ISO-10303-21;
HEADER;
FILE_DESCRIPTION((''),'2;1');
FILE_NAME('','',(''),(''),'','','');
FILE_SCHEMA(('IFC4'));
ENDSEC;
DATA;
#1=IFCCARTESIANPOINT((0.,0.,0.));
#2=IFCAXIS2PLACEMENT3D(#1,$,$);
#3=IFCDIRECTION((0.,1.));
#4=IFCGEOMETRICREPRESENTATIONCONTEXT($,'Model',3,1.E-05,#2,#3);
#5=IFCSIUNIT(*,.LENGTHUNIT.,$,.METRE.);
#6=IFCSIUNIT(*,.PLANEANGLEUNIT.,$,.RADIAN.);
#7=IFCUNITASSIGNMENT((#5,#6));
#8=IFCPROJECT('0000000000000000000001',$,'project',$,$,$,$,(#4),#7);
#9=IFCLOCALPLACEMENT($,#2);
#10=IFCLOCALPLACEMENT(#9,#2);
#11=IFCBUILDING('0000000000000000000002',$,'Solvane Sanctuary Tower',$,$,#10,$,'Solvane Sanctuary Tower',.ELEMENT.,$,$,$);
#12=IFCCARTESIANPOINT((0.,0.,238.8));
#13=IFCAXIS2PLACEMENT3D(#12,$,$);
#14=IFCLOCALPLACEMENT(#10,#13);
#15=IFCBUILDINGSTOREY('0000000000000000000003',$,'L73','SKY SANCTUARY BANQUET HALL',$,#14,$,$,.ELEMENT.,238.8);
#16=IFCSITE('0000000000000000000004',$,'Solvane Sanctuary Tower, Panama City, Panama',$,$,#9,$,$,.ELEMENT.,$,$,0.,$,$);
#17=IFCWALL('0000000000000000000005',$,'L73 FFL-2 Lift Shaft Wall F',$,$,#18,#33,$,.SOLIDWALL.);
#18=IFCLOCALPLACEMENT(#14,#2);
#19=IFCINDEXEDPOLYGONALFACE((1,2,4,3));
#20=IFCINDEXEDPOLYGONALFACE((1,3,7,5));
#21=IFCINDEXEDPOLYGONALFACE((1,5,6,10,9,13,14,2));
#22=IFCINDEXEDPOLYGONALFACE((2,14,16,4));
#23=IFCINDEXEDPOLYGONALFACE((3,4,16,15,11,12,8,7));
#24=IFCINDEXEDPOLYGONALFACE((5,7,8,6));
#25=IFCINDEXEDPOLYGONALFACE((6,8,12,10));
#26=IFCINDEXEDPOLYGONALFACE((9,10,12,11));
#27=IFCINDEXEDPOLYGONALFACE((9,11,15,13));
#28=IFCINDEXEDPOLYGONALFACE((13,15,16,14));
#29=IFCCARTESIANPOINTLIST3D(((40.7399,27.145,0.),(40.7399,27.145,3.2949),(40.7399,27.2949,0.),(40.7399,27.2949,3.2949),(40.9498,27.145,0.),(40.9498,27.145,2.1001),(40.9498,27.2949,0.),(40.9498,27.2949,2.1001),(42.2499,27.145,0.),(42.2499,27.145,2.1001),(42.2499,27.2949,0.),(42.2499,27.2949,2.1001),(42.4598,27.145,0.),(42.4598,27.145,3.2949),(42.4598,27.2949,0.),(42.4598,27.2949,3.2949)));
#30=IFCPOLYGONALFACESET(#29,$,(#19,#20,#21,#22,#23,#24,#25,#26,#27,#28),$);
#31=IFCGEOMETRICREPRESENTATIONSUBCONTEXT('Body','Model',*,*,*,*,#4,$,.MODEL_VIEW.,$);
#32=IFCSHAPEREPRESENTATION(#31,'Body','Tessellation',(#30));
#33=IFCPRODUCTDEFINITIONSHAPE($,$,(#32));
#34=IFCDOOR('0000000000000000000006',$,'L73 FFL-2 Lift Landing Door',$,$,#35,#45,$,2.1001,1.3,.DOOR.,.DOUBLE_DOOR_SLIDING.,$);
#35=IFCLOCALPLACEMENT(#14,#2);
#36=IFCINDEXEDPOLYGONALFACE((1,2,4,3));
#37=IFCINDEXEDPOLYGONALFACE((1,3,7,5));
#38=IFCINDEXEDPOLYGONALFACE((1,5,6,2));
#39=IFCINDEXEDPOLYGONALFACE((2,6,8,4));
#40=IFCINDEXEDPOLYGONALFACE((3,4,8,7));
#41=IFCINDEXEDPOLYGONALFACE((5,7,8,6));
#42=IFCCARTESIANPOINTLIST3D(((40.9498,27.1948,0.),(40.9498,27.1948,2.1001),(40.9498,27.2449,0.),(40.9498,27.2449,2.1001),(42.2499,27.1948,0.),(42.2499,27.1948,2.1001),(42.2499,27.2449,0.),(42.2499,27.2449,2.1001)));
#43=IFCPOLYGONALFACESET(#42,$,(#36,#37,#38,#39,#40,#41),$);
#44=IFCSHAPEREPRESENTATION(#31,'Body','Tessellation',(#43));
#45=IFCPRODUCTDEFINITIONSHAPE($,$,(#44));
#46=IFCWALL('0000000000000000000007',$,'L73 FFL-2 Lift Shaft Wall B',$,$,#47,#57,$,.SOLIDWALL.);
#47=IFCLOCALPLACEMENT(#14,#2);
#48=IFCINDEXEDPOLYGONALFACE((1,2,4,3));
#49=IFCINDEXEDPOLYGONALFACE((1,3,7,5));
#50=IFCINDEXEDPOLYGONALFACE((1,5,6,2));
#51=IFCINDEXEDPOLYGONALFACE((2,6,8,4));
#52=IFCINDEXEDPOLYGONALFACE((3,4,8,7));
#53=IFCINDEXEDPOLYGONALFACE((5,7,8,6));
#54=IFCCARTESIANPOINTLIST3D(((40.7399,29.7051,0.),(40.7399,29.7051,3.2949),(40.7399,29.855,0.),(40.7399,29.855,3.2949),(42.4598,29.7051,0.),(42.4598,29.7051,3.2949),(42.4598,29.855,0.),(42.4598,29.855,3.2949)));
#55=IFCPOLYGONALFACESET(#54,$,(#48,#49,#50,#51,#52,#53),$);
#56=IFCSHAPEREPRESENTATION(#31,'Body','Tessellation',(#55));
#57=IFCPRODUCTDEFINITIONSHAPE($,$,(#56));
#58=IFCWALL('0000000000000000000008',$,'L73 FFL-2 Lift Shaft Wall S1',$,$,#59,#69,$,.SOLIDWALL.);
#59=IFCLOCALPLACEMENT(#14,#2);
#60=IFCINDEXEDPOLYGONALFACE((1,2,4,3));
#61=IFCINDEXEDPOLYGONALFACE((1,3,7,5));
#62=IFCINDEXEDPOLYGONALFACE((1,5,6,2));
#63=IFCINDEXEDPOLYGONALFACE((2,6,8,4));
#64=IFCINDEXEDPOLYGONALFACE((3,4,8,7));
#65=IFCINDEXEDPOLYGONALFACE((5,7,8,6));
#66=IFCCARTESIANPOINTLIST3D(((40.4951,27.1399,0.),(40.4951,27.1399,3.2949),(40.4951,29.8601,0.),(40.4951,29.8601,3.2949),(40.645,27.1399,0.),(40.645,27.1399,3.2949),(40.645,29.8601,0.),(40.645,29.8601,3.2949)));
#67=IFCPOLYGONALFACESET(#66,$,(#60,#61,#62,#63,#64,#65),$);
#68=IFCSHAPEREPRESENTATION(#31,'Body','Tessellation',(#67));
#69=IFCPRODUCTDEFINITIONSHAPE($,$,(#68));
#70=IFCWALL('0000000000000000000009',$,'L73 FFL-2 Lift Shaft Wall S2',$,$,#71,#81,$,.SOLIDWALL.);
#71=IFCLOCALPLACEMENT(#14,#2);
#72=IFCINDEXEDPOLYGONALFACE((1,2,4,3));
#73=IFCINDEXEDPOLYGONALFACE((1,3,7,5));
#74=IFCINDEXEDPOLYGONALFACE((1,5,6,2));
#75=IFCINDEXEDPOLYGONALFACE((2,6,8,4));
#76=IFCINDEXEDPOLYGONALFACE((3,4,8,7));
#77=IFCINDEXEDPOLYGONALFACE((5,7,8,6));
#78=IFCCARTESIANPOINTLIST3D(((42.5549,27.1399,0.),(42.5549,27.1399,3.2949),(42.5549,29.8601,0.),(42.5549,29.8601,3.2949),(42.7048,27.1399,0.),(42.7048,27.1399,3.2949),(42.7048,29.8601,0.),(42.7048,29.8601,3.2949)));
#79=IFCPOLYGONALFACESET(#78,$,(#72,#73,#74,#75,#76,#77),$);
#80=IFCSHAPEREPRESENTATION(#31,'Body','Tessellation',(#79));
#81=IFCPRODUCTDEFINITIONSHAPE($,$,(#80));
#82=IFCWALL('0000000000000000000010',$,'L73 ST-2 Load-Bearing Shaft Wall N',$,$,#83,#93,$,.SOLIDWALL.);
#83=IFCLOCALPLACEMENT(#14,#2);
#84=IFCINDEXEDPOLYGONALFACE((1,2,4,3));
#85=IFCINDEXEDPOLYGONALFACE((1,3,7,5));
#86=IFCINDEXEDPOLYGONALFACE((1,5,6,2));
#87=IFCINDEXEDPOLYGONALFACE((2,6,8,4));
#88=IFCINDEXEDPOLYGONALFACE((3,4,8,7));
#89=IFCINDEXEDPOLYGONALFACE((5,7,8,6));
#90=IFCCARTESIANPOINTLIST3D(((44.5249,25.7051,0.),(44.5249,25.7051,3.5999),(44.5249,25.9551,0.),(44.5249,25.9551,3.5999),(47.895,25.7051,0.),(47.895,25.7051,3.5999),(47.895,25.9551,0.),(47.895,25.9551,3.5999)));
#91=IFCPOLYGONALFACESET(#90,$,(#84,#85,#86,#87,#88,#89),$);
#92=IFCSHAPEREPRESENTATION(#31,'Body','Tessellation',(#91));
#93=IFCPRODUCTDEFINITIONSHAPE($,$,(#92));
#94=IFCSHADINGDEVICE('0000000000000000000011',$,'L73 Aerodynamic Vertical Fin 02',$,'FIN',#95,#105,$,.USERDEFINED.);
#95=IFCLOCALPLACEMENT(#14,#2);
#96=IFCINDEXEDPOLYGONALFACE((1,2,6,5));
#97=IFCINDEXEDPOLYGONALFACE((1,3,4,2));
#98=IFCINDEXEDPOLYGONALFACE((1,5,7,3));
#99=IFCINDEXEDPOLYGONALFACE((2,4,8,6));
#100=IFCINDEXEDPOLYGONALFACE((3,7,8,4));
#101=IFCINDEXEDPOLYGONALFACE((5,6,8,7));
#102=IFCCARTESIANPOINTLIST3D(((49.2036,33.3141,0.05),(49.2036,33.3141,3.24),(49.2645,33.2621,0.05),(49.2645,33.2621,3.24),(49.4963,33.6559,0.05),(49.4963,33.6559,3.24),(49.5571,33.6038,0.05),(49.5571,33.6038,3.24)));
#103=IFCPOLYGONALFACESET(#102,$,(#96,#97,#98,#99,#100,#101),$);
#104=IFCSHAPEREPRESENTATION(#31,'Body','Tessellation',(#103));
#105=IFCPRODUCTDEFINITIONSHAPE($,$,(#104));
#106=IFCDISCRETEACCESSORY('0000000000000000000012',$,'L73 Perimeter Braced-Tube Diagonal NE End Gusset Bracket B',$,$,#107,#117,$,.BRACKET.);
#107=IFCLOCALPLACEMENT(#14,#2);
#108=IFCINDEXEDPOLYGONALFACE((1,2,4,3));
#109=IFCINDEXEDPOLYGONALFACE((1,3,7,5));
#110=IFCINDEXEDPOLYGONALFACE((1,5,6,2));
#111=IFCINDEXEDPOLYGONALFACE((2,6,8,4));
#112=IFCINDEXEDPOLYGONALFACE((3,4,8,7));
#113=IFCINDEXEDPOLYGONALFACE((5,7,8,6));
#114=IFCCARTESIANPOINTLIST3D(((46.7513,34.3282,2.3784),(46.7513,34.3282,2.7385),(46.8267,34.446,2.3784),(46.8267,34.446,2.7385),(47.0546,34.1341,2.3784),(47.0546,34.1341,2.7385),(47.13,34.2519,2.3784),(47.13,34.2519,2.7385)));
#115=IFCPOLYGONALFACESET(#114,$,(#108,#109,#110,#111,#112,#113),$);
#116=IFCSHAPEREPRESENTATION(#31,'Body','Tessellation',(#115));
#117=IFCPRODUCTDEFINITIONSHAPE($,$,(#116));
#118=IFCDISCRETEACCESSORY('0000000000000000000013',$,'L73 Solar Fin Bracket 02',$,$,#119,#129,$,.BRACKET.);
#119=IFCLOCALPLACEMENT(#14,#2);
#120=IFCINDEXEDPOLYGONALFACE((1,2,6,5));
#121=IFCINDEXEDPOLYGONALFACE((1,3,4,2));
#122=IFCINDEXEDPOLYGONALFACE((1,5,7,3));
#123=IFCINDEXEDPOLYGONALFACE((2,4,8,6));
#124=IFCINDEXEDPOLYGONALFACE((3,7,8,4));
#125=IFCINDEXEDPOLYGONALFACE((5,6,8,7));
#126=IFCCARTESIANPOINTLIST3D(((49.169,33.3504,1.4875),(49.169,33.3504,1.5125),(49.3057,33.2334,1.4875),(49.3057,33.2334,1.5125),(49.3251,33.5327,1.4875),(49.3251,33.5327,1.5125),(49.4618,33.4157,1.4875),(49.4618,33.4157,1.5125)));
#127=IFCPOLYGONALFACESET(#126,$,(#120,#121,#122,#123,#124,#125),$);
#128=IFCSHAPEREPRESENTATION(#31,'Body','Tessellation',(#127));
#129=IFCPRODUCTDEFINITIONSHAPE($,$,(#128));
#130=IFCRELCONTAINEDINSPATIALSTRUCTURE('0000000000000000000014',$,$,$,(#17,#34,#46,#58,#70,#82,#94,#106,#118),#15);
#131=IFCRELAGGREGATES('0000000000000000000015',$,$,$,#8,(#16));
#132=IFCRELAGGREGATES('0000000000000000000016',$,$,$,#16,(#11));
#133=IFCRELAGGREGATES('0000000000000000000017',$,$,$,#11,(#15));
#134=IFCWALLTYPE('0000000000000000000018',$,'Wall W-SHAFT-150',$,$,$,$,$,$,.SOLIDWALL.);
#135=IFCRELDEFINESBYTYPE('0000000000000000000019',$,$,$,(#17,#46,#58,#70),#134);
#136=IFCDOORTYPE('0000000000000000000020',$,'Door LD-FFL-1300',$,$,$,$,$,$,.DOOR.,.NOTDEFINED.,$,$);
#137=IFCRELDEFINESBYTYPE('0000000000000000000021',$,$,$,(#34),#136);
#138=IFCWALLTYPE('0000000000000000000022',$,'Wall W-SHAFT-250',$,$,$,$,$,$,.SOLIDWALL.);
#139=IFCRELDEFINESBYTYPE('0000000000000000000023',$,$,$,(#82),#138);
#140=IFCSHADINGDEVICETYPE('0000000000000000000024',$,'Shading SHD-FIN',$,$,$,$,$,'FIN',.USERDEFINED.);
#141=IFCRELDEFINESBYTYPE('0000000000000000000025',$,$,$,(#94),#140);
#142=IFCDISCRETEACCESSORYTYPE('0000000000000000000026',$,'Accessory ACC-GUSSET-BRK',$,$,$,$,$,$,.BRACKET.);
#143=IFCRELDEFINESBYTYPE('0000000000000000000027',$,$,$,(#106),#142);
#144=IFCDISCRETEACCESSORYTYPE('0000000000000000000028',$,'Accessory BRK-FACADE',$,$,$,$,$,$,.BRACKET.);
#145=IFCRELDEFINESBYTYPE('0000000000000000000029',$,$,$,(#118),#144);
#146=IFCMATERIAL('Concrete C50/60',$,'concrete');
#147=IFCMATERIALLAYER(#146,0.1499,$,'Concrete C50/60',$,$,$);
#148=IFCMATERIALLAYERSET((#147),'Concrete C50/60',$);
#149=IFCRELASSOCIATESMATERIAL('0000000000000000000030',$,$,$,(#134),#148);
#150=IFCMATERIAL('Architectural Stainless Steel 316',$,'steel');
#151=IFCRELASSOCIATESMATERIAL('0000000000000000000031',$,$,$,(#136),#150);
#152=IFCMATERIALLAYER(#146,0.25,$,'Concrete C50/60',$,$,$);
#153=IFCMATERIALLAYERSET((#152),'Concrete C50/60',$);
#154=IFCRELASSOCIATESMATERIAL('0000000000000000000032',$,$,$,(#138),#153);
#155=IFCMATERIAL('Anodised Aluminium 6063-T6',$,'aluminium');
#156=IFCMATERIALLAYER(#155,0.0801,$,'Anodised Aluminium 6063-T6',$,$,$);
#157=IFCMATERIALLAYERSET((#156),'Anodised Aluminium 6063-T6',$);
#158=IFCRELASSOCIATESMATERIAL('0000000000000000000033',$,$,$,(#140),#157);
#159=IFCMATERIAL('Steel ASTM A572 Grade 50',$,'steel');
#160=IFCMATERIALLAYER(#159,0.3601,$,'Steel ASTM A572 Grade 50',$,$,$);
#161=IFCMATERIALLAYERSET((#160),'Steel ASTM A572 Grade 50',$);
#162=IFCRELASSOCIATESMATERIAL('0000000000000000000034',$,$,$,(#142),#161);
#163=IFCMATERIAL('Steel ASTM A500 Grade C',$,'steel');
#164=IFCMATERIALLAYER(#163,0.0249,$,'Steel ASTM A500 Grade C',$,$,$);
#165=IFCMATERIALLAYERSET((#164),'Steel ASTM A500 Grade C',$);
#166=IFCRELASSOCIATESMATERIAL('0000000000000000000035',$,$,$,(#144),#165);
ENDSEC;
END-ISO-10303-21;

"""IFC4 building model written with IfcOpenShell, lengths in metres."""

from ifc_helpers import new_model, si_unit, direction, frame, frame_2d, origin, origin_2d, place, context, subcontext, project, spatial, rectangle, extrude, material, layer, layer_set, type_object, element, fill, save


model = new_model("IFC4")

# Units and contexts
model_context = context("Model", 3, precision=1e-05, world=origin(), true_north=direction((0.0, 1.0)))
body_context = subcontext(model_context, "Body", "Model", "MODEL_VIEW")
ifc_project = project(units=[si_unit("LENGTHUNIT", "METRE"), si_unit("PLANEANGLEUNIT", "RADIAN")], contexts=[model_context])

# Site, building, storey
site_placement = place(None, origin())
site = spatial("IfcSite", under=ifc_project, at=site_placement, Name="Solvane Sanctuary Tower, Panama City, Panama", CompositionType="ELEMENT", RefElevation=0.0)
building_placement = place(site_placement, origin())
building = spatial("IfcBuilding", under=site, at=building_placement, Name="Solvane Sanctuary Tower", LongName="Solvane Sanctuary Tower", CompositionType="ELEMENT")
storey_placement = place(building_placement, frame((0.0, 0.0, 238.8)))
storey = spatial("IfcBuildingStorey", under=building, at=storey_placement, Name="L73", Description="SKY SANCTUARY BANQUET HALL", CompositionType="ELEMENT", Elevation=238.8)

# Shared definitions
ifc_material_1 = material(Name="Anodised Aluminium 6063-T6", Category="aluminium")

# Shared definitions
ifc_material_2 = material(Name="Concrete C50/60", Category="concrete")

# Shared definitions
ifc_material_3 = material(Name="Architectural Stainless Steel 316", Category="steel")

# Wall, opening, door
ifc_layer_1 = layer(ifc_material_2, 0.1499, Name="Concrete C50/60")
ifc_layer_set_1 = layer_set([ifc_layer_1], Name="Concrete C50/60")
wall_type_1 = type_object("IfcWallType", Name="Wall W-SHAFT-150", PredefinedType="SOLIDWALL", material=ifc_layer_set_1)
wall_1_placement = place(storey_placement, frame((40.74, 27.22, 0.0), z_axis=(0.0, 0.0, 1.0), x_axis=(1.0, 0.0, 0.0)))
wall_1 = element("IfcWall", 1, at=wall_1_placement, inside=storey, type_object=wall_type_1, Name="L73 FFL-2 Lift Shaft Wall F", PredefinedType="SOLIDWALL", context=body_context, shape_type="SweptSolid", body=[
    extrude(rectangle(XDim=1.72, YDim=0.1499, at=frame_2d((0.8599, 0.0))), origin(), (0.0, 0.0, 1.0), 3.2949),
])
opening_1_placement = place(wall_1_placement, frame((0.21, 0.0, 0.0)))
opening_1 = element("IfcOpeningElement", 2, at=opening_1_placement, cuts=wall_1, PredefinedType="OPENING", context=body_context, shape_type="SweptSolid", body=[
    extrude(rectangle(XDim=1.3, YDim=2.1001, at=frame_2d((0.6499, 1.05))), frame((0.0, 0.085, 0.0), z_axis=(0.0, -1.0, 0.0), x_axis=(1.0, 0.0, 0.0)), (0.0, 0.0, 1.0), 0.1699),
])
door_type_1 = type_object("IfcDoorType", Name="Door LD-FFL-1300", OperationType="NOTDEFINED", PredefinedType="DOOR", material=ifc_material_3)
door_1_placement = place(opening_1_placement, origin())
door_1 = element("IfcDoor", 3, at=door_1_placement, inside=storey, type_object=door_type_1, Name="L73 FFL-2 Lift Landing Door", OperationType="DOUBLE_DOOR_SLIDING", OverallHeight=2.1001, OverallWidth=1.3, PredefinedType="DOOR", context=body_context, shape_type="SweptSolid", body=[
    extrude(rectangle(XDim=1.3, YDim=2.1001, at=frame_2d((0.6499, 1.05))), frame((0.0, 0.0249, 0.0), z_axis=(0.0, -1.0, 0.0), x_axis=(1.0, 0.0, 0.0)), (0.0, 0.0, 1.0), 0.05),
])
fill(opening_1, door_1)

# Walls
wall_2_placement = place(storey_placement, frame((40.74, 29.78, 0.0), z_axis=(0.0, 0.0, 1.0), x_axis=(1.0, 0.0, 0.0)))
element("IfcWall", 4, at=wall_2_placement, inside=storey, type_object=wall_type_1, Name="L73 FFL-2 Lift Shaft Wall B", PredefinedType="SOLIDWALL", context=body_context, shape_type="SweptSolid", body=[
    extrude(rectangle(XDim=1.72, YDim=0.1499, at=frame_2d((0.8599, 0.0))), origin(), (0.0, 0.0, 1.0), 3.2949),
])
for number, where, z_axis, x_axis, name in (
    (5, (40.5701, 27.1399, 0.0), (0.0, 0.0, 1.0), (0.0, 1.0, 0.0), "L73 FFL-2 Lift Shaft Wall S1"),
    (6, (42.6299, 27.1399, 0.0), (0.0, 0.0, 1.0), (0.0, 1.0, 0.0), "L73 FFL-2 Lift Shaft Wall S2"),
):
    element("IfcWall", number, at=place(storey_placement, frame(where, z_axis=z_axis, x_axis=x_axis)), inside=storey, type_object=wall_type_1, Name=name, PredefinedType="SOLIDWALL", context=body_context, shape_type="SweptSolid", body=[
        extrude(rectangle(XDim=2.7202, YDim=0.1499, at=frame_2d((1.3601, 0.0))), origin(), (0.0, 0.0, 1.0), 3.2949),
    ])
ifc_layer_2 = layer(ifc_material_2, 0.25, Name="Concrete C50/60")
ifc_layer_set_2 = layer_set([ifc_layer_2], Name="Concrete C50/60")
wall_type_2 = type_object("IfcWallType", Name="Wall W-SHAFT-250", PredefinedType="SOLIDWALL", material=ifc_layer_set_2)
wall_3_placement = place(storey_placement, frame((44.5249, 25.8301, 0.0), z_axis=(0.0, 0.0, 1.0), x_axis=(1.0, 0.0, 0.0)))
element("IfcWall", 7, at=wall_3_placement, inside=storey, type_object=wall_type_2, Name="L73 ST-2 Load-Bearing Shaft Wall N", PredefinedType="SOLIDWALL", context=body_context, shape_type="SweptSolid", body=[
    extrude(rectangle(XDim=3.3701, YDim=0.25, at=frame_2d((1.6851, 0.0))), origin(), (0.0, 0.0, 1.0), 3.5999),
])

# Shading device
ifc_layer_3 = layer(ifc_material_1, 0.0801, Name="Anodised Aluminium 6063-T6")
ifc_layer_set_3 = layer_set([ifc_layer_3], Name="Anodised Aluminium 6063-T6")
shading_device_type = type_object("IfcShadingDeviceType", Name="Shading SHD-FIN", ElementType="FIN", PredefinedType="USERDEFINED", material=ifc_layer_set_3)
shading_device_placement = place(storey_placement, frame((49.3804, 33.459, 0.05), z_axis=(0.0, 0.0, 1.0), x_axis=(-0.759573, 0.650422, 0.0)))
element("IfcShadingDevice", 8, at=shading_device_placement, inside=storey, type_object=shading_device_type, Name="L73 Aerodynamic Vertical Fin 02", ObjectType="FIN", PredefinedType="USERDEFINED", context=body_context, shape_type="SweptSolid", body=[
    extrude(rectangle(XDim=0.0801, YDim=0.45, at=origin_2d()), origin(), (0.0, 0.0, 1.0), 3.1899),
])

# Discrete accessories
ifc_material_4 = material(Name="Steel ASTM A572 Grade 50", Category="steel")
ifc_layer_4 = layer(ifc_material_4, 0.3601, Name="Steel ASTM A572 Grade 50")
ifc_layer_set_4 = layer_set([ifc_layer_4], Name="Steel ASTM A572 Grade 50")
discrete_accessory_type_1 = type_object("IfcDiscreteAccessoryType", Name="Accessory ACC-GUSSET-BRK", PredefinedType="BRACKET", material=ifc_layer_set_4)
discrete_accessory_1_placement = place(storey_placement, frame((46.9407, 34.29, 2.3784), z_axis=(0.0, 0.0, 1.0), x_axis=(0.842264, -0.539065, 0.0)))
element("IfcDiscreteAccessory", 9, at=discrete_accessory_1_placement, inside=storey, type_object=discrete_accessory_type_1, Name="L73 Perimeter Braced-Tube Diagonal NE End Gusset Bracket B", PredefinedType="BRACKET", context=body_context, shape_type="SweptSolid", body=[
    extrude(rectangle(XDim=0.3601, YDim=0.1399, at=origin_2d()), origin(), (0.0, 0.0, 1.0), 0.3601),
])
ifc_material_5 = material(Name="Steel ASTM A500 Grade C", Category="steel")
ifc_layer_5 = layer(ifc_material_5, 0.0249, Name="Steel ASTM A500 Grade C")
ifc_layer_set_5 = layer_set([ifc_layer_5], Name="Steel ASTM A500 Grade C")
discrete_accessory_type_2 = type_object("IfcDiscreteAccessoryType", Name="Accessory BRK-FACADE", PredefinedType="BRACKET", material=ifc_layer_set_5)
discrete_accessory_2_placement = place(storey_placement, frame((49.3154, 33.3831, 1.4875), z_axis=(0.0, 0.0, 1.0), x_axis=(-0.759573, 0.650422, 0.0)))
element("IfcDiscreteAccessory", 10, at=discrete_accessory_2_placement, inside=storey, type_object=discrete_accessory_type_2, Name="L73 Solar Fin Bracket 02", PredefinedType="BRACKET", context=body_context, shape_type="SweptSolid", body=[
    extrude(rectangle(XDim=0.1799, YDim=0.24, at=origin_2d()), origin(), (0.0, 0.0, 1.0), 0.0249),
])

save(model, "model.ifc")
